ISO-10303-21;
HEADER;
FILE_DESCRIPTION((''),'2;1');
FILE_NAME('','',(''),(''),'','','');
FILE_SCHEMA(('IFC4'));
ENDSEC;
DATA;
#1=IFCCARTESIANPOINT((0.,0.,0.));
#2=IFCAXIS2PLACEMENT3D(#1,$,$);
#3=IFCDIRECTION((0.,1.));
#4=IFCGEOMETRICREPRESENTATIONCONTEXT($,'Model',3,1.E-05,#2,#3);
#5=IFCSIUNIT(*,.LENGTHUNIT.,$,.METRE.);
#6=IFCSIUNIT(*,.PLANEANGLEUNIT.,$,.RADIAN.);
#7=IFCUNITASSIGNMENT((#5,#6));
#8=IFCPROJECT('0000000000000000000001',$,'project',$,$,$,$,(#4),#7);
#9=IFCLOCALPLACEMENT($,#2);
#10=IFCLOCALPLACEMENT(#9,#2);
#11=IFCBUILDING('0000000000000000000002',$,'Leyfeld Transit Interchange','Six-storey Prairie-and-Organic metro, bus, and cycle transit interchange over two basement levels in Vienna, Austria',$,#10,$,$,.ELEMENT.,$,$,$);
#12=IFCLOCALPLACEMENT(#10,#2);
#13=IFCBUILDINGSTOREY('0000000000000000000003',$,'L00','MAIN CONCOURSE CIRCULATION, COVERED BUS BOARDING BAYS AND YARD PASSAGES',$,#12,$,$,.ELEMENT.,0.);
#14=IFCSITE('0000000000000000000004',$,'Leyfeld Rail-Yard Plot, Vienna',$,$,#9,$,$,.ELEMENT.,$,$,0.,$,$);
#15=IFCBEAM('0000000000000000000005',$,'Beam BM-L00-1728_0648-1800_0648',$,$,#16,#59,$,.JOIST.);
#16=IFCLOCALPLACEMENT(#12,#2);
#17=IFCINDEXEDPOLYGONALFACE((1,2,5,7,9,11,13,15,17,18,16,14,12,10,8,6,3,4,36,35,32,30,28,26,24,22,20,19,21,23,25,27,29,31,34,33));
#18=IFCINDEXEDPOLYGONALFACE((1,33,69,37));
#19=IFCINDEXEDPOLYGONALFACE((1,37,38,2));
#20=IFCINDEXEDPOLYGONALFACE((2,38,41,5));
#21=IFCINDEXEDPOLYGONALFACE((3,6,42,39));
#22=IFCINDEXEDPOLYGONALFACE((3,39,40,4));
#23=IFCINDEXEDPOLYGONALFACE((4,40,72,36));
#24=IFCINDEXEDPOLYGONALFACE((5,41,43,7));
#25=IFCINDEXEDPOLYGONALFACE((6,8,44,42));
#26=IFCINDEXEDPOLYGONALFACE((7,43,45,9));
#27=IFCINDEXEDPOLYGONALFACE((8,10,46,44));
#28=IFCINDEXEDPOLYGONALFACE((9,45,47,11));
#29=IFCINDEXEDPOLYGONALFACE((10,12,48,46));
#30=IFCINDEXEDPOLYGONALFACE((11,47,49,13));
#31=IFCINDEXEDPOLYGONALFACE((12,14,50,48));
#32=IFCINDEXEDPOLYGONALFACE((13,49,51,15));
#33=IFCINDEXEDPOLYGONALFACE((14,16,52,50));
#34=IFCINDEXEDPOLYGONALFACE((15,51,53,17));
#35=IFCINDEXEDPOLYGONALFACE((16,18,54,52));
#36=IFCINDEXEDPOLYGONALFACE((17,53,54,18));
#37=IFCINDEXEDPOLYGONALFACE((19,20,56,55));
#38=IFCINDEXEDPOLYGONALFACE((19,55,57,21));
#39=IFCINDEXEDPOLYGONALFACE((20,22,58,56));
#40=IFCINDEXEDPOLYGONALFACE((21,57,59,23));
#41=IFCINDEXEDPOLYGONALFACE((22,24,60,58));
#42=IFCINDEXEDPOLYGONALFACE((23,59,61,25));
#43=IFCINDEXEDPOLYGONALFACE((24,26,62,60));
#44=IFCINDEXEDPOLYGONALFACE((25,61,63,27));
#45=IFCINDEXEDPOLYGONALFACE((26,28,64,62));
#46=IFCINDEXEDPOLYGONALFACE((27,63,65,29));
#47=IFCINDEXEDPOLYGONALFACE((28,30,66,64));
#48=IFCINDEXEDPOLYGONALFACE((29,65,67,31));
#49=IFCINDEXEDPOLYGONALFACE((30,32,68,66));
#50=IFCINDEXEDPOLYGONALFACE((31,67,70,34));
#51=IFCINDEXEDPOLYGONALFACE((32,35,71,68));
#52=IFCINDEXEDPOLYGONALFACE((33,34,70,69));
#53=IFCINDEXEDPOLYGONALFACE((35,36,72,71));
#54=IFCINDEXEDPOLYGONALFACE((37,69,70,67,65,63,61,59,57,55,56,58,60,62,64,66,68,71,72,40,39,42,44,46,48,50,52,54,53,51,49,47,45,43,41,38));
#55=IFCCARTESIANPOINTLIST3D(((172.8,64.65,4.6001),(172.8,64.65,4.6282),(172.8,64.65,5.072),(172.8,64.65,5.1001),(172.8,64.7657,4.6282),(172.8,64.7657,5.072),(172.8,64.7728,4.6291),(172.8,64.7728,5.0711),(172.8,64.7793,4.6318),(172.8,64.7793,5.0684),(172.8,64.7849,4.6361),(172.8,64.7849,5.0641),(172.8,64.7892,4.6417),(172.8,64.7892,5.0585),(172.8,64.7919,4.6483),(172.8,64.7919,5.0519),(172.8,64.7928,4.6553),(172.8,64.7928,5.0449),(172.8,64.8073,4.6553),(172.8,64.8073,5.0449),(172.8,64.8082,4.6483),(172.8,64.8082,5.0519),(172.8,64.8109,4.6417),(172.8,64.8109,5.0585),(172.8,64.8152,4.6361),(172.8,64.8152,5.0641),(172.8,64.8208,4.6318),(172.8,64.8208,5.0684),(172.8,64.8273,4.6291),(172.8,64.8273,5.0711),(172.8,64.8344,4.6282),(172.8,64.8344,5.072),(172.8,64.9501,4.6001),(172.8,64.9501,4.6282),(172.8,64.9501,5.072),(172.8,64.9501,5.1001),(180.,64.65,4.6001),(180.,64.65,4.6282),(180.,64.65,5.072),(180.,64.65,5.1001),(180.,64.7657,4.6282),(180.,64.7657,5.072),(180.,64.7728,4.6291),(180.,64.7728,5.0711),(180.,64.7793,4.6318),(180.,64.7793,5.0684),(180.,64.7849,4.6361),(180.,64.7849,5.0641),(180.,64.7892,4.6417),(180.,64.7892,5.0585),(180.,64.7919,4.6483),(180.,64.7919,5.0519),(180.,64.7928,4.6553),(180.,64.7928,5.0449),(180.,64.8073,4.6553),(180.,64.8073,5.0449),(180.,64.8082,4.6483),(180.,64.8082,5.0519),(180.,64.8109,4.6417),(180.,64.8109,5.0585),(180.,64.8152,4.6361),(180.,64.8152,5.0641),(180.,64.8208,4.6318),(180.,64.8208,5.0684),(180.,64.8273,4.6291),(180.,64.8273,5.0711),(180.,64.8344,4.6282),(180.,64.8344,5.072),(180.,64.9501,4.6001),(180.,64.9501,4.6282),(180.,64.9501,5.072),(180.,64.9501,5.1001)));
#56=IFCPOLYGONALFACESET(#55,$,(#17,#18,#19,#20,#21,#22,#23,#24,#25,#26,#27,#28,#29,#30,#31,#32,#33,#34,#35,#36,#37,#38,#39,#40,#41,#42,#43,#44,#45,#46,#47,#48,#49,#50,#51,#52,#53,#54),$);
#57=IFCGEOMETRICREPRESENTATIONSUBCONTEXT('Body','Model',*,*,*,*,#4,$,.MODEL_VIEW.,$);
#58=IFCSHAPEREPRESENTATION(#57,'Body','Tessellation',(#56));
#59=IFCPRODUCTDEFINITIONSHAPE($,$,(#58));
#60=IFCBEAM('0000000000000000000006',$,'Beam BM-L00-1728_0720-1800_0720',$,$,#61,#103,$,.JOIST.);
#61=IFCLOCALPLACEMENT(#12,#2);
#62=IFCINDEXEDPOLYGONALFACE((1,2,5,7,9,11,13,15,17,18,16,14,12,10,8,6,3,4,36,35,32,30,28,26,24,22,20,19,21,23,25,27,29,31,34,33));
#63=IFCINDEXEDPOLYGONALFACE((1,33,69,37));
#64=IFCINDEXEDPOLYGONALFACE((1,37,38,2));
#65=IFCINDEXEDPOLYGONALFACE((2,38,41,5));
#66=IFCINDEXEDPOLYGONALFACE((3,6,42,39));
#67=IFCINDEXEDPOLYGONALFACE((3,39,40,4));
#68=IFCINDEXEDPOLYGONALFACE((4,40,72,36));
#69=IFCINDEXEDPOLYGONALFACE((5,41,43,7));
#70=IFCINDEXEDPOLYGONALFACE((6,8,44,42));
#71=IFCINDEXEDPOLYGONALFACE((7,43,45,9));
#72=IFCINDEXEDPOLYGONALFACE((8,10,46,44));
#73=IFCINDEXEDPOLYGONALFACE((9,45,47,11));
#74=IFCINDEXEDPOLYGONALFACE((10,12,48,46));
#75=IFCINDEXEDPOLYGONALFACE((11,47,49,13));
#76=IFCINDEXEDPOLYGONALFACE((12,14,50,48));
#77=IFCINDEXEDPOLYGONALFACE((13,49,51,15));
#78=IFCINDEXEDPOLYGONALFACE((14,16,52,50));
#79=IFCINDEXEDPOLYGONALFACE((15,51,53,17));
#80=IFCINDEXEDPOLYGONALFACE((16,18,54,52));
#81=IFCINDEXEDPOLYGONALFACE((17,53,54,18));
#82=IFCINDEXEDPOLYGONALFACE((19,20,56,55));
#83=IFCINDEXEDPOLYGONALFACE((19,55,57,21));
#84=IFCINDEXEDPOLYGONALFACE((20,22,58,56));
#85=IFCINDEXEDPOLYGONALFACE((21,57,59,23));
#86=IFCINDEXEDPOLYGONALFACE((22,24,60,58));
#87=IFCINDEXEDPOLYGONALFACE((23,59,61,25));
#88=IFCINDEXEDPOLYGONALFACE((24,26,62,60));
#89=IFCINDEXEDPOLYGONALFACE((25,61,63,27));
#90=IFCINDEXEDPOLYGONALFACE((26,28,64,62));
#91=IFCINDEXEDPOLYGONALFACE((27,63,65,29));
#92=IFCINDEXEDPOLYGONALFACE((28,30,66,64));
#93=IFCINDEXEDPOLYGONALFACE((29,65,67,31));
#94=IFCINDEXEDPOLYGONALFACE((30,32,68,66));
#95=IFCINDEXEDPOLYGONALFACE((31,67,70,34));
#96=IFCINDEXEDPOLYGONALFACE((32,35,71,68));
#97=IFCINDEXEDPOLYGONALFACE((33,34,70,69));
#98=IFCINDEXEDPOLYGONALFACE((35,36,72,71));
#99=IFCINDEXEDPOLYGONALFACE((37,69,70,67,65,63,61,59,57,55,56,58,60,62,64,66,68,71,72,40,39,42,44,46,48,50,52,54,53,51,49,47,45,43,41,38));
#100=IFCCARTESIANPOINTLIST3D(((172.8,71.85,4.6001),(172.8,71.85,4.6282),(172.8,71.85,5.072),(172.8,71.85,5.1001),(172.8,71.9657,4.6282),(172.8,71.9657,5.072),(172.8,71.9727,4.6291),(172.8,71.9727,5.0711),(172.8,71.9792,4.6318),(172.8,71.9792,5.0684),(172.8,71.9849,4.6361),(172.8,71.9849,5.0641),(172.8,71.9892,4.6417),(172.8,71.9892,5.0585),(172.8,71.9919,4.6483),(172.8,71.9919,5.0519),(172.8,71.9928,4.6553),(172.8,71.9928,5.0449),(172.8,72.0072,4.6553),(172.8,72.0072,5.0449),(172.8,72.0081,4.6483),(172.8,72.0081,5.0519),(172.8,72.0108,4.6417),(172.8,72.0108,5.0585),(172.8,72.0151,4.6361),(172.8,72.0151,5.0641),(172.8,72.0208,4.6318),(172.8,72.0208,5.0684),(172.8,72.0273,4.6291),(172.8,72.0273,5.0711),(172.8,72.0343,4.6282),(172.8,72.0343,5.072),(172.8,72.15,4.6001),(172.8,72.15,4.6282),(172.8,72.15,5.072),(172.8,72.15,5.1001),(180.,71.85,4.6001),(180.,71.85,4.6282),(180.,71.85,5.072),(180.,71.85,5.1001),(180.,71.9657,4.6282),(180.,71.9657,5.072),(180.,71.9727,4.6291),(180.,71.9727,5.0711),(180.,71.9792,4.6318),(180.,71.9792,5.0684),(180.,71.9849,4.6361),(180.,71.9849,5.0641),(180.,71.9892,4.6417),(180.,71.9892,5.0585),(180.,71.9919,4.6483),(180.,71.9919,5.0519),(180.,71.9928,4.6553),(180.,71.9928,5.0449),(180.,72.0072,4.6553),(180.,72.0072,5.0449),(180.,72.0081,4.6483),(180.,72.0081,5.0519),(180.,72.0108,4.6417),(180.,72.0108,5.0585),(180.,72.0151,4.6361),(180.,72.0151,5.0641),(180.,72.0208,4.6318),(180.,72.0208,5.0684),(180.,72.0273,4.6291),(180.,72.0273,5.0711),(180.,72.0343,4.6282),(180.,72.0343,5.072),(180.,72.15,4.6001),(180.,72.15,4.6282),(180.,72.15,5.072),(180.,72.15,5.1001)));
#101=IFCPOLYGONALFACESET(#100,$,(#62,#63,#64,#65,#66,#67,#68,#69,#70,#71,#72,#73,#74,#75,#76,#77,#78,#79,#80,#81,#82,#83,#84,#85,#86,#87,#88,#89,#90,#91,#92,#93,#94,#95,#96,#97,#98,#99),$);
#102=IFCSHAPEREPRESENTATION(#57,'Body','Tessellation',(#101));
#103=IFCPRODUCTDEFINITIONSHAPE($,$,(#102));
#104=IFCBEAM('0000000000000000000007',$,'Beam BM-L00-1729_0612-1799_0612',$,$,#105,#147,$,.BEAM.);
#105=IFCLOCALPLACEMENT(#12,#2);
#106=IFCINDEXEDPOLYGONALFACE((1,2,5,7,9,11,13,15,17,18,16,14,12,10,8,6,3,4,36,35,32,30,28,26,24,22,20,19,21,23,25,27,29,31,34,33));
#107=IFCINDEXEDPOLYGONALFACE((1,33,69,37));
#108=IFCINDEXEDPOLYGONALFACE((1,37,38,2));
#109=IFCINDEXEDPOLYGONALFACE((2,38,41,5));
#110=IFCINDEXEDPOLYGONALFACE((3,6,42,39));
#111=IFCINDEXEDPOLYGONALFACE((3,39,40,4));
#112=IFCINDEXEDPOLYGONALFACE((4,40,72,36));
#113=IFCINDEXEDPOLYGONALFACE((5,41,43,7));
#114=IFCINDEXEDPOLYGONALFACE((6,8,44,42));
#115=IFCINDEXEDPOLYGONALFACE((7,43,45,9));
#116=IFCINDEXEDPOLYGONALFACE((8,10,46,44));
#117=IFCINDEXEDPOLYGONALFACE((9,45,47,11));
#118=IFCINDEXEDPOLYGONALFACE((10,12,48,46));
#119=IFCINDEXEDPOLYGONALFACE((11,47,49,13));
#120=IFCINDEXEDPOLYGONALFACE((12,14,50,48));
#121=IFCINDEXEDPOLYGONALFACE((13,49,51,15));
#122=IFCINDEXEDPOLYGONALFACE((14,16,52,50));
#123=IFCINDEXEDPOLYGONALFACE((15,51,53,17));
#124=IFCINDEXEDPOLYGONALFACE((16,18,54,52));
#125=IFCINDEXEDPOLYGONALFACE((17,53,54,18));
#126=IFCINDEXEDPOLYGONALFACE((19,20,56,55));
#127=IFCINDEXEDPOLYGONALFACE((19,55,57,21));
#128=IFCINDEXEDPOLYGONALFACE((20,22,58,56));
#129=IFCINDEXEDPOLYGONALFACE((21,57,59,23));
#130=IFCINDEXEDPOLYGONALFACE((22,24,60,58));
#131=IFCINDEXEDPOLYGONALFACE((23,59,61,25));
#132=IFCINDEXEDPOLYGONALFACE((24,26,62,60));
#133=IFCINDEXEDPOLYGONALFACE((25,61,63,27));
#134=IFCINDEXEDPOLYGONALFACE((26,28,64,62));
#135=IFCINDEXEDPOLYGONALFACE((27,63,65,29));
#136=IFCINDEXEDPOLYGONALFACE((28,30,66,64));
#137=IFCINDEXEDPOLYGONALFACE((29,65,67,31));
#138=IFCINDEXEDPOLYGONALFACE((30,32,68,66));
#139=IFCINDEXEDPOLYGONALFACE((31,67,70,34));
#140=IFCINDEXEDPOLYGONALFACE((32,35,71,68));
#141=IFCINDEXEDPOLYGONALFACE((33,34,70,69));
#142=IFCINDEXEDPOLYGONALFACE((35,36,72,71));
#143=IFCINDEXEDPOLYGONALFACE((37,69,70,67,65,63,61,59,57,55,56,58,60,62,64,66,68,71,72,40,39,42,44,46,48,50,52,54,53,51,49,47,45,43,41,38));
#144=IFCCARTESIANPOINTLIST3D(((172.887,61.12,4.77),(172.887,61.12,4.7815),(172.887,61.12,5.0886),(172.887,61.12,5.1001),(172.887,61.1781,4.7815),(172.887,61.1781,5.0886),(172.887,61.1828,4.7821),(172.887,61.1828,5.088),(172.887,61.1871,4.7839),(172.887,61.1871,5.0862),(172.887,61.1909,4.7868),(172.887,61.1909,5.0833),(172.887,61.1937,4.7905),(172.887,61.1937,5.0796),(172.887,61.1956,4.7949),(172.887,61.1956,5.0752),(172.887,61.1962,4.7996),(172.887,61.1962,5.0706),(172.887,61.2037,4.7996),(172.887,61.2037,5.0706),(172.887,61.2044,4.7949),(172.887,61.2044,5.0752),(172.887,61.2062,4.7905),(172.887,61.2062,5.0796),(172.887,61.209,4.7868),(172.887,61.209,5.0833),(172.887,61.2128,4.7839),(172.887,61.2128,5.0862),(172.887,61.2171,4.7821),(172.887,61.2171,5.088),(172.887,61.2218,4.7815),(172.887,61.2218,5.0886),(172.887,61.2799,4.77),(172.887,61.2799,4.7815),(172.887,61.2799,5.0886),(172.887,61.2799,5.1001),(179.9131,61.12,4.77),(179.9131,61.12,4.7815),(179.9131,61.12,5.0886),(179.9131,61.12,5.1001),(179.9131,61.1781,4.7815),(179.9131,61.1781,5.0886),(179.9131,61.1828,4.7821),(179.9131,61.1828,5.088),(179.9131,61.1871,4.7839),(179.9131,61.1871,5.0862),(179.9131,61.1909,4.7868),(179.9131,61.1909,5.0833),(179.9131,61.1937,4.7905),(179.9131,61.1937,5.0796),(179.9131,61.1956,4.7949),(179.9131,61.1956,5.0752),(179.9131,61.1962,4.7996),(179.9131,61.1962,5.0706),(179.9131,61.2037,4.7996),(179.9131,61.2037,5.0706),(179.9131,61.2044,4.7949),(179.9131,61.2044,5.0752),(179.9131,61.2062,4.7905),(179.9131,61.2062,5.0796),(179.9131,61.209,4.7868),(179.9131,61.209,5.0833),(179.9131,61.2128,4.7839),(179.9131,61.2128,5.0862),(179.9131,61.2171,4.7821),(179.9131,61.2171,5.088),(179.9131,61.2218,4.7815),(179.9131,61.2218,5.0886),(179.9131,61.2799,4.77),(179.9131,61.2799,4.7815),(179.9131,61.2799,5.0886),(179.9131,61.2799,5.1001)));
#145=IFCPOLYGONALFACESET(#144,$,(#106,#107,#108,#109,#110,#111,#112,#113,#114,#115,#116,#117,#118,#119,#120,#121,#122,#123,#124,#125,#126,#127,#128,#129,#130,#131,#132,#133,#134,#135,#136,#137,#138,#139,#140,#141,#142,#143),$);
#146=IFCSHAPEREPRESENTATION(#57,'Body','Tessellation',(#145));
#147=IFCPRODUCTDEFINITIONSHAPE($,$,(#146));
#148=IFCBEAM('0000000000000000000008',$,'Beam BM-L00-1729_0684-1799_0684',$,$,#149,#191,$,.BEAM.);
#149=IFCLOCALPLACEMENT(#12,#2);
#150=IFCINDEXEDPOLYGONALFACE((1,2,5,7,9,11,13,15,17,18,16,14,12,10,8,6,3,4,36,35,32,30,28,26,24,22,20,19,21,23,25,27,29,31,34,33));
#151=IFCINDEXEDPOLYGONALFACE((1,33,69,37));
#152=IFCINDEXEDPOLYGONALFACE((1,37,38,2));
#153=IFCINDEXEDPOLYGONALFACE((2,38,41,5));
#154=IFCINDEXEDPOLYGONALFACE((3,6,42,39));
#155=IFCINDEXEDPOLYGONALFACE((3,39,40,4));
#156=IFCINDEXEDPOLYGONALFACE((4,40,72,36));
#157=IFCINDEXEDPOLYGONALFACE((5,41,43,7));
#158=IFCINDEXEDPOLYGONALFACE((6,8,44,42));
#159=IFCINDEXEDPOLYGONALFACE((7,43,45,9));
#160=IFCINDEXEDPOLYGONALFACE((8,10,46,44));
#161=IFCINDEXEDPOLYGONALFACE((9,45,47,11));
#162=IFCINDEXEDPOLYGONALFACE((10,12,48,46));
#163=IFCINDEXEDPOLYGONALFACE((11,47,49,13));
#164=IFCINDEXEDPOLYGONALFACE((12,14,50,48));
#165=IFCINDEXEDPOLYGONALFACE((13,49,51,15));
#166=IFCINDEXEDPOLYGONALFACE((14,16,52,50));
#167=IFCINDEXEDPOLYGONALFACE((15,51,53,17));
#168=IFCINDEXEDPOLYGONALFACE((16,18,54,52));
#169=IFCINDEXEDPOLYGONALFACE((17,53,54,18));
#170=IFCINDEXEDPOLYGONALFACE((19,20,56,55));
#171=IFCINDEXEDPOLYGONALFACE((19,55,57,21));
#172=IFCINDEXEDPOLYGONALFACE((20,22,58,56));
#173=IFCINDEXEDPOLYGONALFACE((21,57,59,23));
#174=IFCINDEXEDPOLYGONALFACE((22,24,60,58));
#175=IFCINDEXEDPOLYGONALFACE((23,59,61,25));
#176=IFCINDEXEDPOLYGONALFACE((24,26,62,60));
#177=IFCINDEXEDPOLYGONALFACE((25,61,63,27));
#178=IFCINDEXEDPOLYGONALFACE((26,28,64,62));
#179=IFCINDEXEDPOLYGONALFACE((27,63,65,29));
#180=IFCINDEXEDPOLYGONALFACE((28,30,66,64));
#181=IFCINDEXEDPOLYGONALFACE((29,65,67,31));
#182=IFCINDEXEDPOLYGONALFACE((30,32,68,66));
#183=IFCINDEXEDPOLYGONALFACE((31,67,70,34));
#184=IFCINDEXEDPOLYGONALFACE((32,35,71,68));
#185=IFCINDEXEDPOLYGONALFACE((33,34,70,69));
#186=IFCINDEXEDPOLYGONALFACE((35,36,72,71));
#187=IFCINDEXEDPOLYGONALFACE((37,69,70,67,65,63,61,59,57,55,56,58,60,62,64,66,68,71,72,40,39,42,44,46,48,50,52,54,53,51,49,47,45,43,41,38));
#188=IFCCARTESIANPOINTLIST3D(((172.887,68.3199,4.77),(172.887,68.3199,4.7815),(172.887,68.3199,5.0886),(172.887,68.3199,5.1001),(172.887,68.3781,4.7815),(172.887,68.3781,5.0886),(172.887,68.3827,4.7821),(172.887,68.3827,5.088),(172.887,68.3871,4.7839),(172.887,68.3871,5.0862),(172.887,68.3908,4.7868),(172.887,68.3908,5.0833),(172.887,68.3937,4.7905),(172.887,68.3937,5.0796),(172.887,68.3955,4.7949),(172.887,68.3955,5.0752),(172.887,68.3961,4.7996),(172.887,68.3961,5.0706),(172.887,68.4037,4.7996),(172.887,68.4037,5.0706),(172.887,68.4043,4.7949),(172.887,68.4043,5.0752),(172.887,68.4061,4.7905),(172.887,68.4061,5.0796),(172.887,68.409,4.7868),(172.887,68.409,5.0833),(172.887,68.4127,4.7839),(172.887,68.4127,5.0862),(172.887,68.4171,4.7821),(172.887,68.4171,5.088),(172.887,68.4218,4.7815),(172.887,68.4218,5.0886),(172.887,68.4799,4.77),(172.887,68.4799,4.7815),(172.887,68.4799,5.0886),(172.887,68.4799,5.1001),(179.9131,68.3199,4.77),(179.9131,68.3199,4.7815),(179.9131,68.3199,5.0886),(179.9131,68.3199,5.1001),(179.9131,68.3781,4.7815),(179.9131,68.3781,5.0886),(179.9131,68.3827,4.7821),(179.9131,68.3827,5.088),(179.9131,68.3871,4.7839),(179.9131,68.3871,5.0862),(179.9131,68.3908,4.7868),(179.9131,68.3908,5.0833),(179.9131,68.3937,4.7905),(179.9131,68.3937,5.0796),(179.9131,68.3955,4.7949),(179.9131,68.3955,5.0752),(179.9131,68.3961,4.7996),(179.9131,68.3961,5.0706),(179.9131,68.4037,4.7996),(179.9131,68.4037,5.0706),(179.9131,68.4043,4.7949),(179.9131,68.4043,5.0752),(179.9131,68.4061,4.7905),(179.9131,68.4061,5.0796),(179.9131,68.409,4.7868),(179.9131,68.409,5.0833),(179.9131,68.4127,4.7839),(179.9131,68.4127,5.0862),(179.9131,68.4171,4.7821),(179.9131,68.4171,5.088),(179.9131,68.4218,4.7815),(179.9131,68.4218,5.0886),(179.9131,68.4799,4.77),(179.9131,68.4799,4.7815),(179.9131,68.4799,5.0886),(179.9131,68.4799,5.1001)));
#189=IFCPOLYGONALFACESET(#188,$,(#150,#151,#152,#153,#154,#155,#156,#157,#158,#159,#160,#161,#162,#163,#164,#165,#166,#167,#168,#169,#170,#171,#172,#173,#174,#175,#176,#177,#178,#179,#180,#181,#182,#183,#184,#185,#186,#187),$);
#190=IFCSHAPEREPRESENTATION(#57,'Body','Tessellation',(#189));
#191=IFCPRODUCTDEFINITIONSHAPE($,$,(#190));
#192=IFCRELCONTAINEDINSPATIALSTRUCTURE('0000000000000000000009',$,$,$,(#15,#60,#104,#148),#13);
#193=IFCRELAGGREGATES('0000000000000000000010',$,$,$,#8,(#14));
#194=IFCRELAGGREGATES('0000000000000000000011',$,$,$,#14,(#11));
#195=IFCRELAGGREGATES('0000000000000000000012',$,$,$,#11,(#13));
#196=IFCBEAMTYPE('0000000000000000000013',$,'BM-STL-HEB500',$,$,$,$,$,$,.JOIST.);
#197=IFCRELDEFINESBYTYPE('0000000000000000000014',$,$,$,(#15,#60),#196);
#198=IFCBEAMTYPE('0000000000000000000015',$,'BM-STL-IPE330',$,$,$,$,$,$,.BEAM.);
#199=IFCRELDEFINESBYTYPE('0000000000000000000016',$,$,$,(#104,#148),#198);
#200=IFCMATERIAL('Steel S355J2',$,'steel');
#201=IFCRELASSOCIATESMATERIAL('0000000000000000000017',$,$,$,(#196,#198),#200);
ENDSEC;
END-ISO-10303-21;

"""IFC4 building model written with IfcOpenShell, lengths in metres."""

from ifc_helpers import new_model, si_unit, direction, frame, origin, origin_2d, place, context, subcontext, project, spatial, i_section, extrude, material, material_profile, profile_set, type_object, element, save


model = new_model("IFC4")

# Units and contexts
model_context = context("Model", 3, precision=1e-05, world=origin(), true_north=direction((0.0, 1.0)))
body_context = subcontext(model_context, "Body", "Model", "MODEL_VIEW")
ifc_project = project(units=[si_unit("LENGTHUNIT", "METRE"), si_unit("PLANEANGLEUNIT", "RADIAN")], contexts=[model_context])

# Site, building, storey
site_placement = place(None, origin())
site = spatial("IfcSite", under=ifc_project, at=site_placement, Name="Leyfeld Rail-Yard Plot, Vienna", CompositionType="ELEMENT", RefElevation=0.0)
building_placement = place(site_placement, origin())
building = spatial("IfcBuilding", under=site, at=building_placement, Name="Leyfeld Transit Interchange", Description="Six-storey Prairie-and-Organic metro, bus, and cycle transit interchange over two basement levels in Vienna, Austria", CompositionType="ELEMENT")
storey_placement = place(building_placement, origin())
storey = spatial("IfcBuildingStorey", under=building, at=storey_placement, Name="L00", Description="MAIN CONCOURSE CIRCULATION, COVERED BUS BOARDING BAYS AND YARD PASSAGES", CompositionType="ELEMENT", Elevation=0.0)

# Beams
ifc_material_1 = material(Name="Steel S355J2", Category="steel")
ifc_material_profile_1 = material_profile(ifc_material_1, i_section(OverallWidth=0.3, OverallDepth=0.5, WebThickness=0.0144, FlangeThickness=0.0281, FilletRadius=0.0271, at=origin_2d()), Name="HEB 500")
ifc_profile_set_1 = profile_set([ifc_material_profile_1], Name="Steel S355J2")
beam_type_1 = type_object("IfcBeamType", Name="BM-STL-HEB500", PredefinedType="JOIST", material=ifc_profile_set_1)
for number, where, z_axis, x_axis, name in (
    (1, (172.8, 64.8, 4.8501), (1.0, 0.0, 0.0), (0.0, 1.0, 0.0), "Beam BM-L00-1728_0648-1800_0648"),
    (2, (172.8, 72.0, 4.8501), (1.0, 0.0, 0.0), (0.0, 1.0, 0.0), "Beam BM-L00-1728_0720-1800_0720"),
):
    element("IfcBeam", number, at=place(storey_placement, frame(where, z_axis=z_axis, x_axis=x_axis)), inside=storey, type_object=beam_type_1, Name=name, PredefinedType="JOIST", context=body_context, shape_type="SweptSolid", body=[
        extrude(i_section(OverallWidth=0.3, OverallDepth=0.5, WebThickness=0.0144, FlangeThickness=0.0281, FilletRadius=0.0271, at=origin_2d()), origin(), (0.0, 0.0, 1.0), 7.2),
    ])
ifc_material_profile_2 = material_profile(ifc_material_1, i_section(OverallWidth=0.1599, OverallDepth=0.3301, WebThickness=0.0076, FlangeThickness=0.0115, FilletRadius=0.0181, at=origin_2d()), Name="IPE 330")
ifc_profile_set_2 = profile_set([ifc_material_profile_2], Name="Steel S355J2")
beam_type_2 = type_object("IfcBeamType", Name="BM-STL-IPE330", PredefinedType="BEAM", material=ifc_profile_set_2)
for number, where, z_axis, x_axis, name in (
    (3, (172.887, 61.2, 4.9351), (1.0, 0.0, 0.0), (0.0, 1.0, 0.0), "Beam BM-L00-1729_0612-1799_0612"),
    (4, (172.887, 68.3999, 4.9351), (1.0, 0.0, 0.0), (0.0, 1.0, 0.0), "Beam BM-L00-1729_0684-1799_0684"),
):
    element("IfcBeam", number, at=place(storey_placement, frame(where, z_axis=z_axis, x_axis=x_axis)), inside=storey, type_object=beam_type_2, Name=name, PredefinedType="BEAM", context=body_context, shape_type="SweptSolid", body=[
        extrude(i_section(OverallWidth=0.1599, OverallDepth=0.3301, WebThickness=0.0076, FlangeThickness=0.0115, FilletRadius=0.0181, at=origin_2d()), origin(), (0.0, 0.0, 1.0), 7.0261),
    ])

save(model, "model.ifc")
